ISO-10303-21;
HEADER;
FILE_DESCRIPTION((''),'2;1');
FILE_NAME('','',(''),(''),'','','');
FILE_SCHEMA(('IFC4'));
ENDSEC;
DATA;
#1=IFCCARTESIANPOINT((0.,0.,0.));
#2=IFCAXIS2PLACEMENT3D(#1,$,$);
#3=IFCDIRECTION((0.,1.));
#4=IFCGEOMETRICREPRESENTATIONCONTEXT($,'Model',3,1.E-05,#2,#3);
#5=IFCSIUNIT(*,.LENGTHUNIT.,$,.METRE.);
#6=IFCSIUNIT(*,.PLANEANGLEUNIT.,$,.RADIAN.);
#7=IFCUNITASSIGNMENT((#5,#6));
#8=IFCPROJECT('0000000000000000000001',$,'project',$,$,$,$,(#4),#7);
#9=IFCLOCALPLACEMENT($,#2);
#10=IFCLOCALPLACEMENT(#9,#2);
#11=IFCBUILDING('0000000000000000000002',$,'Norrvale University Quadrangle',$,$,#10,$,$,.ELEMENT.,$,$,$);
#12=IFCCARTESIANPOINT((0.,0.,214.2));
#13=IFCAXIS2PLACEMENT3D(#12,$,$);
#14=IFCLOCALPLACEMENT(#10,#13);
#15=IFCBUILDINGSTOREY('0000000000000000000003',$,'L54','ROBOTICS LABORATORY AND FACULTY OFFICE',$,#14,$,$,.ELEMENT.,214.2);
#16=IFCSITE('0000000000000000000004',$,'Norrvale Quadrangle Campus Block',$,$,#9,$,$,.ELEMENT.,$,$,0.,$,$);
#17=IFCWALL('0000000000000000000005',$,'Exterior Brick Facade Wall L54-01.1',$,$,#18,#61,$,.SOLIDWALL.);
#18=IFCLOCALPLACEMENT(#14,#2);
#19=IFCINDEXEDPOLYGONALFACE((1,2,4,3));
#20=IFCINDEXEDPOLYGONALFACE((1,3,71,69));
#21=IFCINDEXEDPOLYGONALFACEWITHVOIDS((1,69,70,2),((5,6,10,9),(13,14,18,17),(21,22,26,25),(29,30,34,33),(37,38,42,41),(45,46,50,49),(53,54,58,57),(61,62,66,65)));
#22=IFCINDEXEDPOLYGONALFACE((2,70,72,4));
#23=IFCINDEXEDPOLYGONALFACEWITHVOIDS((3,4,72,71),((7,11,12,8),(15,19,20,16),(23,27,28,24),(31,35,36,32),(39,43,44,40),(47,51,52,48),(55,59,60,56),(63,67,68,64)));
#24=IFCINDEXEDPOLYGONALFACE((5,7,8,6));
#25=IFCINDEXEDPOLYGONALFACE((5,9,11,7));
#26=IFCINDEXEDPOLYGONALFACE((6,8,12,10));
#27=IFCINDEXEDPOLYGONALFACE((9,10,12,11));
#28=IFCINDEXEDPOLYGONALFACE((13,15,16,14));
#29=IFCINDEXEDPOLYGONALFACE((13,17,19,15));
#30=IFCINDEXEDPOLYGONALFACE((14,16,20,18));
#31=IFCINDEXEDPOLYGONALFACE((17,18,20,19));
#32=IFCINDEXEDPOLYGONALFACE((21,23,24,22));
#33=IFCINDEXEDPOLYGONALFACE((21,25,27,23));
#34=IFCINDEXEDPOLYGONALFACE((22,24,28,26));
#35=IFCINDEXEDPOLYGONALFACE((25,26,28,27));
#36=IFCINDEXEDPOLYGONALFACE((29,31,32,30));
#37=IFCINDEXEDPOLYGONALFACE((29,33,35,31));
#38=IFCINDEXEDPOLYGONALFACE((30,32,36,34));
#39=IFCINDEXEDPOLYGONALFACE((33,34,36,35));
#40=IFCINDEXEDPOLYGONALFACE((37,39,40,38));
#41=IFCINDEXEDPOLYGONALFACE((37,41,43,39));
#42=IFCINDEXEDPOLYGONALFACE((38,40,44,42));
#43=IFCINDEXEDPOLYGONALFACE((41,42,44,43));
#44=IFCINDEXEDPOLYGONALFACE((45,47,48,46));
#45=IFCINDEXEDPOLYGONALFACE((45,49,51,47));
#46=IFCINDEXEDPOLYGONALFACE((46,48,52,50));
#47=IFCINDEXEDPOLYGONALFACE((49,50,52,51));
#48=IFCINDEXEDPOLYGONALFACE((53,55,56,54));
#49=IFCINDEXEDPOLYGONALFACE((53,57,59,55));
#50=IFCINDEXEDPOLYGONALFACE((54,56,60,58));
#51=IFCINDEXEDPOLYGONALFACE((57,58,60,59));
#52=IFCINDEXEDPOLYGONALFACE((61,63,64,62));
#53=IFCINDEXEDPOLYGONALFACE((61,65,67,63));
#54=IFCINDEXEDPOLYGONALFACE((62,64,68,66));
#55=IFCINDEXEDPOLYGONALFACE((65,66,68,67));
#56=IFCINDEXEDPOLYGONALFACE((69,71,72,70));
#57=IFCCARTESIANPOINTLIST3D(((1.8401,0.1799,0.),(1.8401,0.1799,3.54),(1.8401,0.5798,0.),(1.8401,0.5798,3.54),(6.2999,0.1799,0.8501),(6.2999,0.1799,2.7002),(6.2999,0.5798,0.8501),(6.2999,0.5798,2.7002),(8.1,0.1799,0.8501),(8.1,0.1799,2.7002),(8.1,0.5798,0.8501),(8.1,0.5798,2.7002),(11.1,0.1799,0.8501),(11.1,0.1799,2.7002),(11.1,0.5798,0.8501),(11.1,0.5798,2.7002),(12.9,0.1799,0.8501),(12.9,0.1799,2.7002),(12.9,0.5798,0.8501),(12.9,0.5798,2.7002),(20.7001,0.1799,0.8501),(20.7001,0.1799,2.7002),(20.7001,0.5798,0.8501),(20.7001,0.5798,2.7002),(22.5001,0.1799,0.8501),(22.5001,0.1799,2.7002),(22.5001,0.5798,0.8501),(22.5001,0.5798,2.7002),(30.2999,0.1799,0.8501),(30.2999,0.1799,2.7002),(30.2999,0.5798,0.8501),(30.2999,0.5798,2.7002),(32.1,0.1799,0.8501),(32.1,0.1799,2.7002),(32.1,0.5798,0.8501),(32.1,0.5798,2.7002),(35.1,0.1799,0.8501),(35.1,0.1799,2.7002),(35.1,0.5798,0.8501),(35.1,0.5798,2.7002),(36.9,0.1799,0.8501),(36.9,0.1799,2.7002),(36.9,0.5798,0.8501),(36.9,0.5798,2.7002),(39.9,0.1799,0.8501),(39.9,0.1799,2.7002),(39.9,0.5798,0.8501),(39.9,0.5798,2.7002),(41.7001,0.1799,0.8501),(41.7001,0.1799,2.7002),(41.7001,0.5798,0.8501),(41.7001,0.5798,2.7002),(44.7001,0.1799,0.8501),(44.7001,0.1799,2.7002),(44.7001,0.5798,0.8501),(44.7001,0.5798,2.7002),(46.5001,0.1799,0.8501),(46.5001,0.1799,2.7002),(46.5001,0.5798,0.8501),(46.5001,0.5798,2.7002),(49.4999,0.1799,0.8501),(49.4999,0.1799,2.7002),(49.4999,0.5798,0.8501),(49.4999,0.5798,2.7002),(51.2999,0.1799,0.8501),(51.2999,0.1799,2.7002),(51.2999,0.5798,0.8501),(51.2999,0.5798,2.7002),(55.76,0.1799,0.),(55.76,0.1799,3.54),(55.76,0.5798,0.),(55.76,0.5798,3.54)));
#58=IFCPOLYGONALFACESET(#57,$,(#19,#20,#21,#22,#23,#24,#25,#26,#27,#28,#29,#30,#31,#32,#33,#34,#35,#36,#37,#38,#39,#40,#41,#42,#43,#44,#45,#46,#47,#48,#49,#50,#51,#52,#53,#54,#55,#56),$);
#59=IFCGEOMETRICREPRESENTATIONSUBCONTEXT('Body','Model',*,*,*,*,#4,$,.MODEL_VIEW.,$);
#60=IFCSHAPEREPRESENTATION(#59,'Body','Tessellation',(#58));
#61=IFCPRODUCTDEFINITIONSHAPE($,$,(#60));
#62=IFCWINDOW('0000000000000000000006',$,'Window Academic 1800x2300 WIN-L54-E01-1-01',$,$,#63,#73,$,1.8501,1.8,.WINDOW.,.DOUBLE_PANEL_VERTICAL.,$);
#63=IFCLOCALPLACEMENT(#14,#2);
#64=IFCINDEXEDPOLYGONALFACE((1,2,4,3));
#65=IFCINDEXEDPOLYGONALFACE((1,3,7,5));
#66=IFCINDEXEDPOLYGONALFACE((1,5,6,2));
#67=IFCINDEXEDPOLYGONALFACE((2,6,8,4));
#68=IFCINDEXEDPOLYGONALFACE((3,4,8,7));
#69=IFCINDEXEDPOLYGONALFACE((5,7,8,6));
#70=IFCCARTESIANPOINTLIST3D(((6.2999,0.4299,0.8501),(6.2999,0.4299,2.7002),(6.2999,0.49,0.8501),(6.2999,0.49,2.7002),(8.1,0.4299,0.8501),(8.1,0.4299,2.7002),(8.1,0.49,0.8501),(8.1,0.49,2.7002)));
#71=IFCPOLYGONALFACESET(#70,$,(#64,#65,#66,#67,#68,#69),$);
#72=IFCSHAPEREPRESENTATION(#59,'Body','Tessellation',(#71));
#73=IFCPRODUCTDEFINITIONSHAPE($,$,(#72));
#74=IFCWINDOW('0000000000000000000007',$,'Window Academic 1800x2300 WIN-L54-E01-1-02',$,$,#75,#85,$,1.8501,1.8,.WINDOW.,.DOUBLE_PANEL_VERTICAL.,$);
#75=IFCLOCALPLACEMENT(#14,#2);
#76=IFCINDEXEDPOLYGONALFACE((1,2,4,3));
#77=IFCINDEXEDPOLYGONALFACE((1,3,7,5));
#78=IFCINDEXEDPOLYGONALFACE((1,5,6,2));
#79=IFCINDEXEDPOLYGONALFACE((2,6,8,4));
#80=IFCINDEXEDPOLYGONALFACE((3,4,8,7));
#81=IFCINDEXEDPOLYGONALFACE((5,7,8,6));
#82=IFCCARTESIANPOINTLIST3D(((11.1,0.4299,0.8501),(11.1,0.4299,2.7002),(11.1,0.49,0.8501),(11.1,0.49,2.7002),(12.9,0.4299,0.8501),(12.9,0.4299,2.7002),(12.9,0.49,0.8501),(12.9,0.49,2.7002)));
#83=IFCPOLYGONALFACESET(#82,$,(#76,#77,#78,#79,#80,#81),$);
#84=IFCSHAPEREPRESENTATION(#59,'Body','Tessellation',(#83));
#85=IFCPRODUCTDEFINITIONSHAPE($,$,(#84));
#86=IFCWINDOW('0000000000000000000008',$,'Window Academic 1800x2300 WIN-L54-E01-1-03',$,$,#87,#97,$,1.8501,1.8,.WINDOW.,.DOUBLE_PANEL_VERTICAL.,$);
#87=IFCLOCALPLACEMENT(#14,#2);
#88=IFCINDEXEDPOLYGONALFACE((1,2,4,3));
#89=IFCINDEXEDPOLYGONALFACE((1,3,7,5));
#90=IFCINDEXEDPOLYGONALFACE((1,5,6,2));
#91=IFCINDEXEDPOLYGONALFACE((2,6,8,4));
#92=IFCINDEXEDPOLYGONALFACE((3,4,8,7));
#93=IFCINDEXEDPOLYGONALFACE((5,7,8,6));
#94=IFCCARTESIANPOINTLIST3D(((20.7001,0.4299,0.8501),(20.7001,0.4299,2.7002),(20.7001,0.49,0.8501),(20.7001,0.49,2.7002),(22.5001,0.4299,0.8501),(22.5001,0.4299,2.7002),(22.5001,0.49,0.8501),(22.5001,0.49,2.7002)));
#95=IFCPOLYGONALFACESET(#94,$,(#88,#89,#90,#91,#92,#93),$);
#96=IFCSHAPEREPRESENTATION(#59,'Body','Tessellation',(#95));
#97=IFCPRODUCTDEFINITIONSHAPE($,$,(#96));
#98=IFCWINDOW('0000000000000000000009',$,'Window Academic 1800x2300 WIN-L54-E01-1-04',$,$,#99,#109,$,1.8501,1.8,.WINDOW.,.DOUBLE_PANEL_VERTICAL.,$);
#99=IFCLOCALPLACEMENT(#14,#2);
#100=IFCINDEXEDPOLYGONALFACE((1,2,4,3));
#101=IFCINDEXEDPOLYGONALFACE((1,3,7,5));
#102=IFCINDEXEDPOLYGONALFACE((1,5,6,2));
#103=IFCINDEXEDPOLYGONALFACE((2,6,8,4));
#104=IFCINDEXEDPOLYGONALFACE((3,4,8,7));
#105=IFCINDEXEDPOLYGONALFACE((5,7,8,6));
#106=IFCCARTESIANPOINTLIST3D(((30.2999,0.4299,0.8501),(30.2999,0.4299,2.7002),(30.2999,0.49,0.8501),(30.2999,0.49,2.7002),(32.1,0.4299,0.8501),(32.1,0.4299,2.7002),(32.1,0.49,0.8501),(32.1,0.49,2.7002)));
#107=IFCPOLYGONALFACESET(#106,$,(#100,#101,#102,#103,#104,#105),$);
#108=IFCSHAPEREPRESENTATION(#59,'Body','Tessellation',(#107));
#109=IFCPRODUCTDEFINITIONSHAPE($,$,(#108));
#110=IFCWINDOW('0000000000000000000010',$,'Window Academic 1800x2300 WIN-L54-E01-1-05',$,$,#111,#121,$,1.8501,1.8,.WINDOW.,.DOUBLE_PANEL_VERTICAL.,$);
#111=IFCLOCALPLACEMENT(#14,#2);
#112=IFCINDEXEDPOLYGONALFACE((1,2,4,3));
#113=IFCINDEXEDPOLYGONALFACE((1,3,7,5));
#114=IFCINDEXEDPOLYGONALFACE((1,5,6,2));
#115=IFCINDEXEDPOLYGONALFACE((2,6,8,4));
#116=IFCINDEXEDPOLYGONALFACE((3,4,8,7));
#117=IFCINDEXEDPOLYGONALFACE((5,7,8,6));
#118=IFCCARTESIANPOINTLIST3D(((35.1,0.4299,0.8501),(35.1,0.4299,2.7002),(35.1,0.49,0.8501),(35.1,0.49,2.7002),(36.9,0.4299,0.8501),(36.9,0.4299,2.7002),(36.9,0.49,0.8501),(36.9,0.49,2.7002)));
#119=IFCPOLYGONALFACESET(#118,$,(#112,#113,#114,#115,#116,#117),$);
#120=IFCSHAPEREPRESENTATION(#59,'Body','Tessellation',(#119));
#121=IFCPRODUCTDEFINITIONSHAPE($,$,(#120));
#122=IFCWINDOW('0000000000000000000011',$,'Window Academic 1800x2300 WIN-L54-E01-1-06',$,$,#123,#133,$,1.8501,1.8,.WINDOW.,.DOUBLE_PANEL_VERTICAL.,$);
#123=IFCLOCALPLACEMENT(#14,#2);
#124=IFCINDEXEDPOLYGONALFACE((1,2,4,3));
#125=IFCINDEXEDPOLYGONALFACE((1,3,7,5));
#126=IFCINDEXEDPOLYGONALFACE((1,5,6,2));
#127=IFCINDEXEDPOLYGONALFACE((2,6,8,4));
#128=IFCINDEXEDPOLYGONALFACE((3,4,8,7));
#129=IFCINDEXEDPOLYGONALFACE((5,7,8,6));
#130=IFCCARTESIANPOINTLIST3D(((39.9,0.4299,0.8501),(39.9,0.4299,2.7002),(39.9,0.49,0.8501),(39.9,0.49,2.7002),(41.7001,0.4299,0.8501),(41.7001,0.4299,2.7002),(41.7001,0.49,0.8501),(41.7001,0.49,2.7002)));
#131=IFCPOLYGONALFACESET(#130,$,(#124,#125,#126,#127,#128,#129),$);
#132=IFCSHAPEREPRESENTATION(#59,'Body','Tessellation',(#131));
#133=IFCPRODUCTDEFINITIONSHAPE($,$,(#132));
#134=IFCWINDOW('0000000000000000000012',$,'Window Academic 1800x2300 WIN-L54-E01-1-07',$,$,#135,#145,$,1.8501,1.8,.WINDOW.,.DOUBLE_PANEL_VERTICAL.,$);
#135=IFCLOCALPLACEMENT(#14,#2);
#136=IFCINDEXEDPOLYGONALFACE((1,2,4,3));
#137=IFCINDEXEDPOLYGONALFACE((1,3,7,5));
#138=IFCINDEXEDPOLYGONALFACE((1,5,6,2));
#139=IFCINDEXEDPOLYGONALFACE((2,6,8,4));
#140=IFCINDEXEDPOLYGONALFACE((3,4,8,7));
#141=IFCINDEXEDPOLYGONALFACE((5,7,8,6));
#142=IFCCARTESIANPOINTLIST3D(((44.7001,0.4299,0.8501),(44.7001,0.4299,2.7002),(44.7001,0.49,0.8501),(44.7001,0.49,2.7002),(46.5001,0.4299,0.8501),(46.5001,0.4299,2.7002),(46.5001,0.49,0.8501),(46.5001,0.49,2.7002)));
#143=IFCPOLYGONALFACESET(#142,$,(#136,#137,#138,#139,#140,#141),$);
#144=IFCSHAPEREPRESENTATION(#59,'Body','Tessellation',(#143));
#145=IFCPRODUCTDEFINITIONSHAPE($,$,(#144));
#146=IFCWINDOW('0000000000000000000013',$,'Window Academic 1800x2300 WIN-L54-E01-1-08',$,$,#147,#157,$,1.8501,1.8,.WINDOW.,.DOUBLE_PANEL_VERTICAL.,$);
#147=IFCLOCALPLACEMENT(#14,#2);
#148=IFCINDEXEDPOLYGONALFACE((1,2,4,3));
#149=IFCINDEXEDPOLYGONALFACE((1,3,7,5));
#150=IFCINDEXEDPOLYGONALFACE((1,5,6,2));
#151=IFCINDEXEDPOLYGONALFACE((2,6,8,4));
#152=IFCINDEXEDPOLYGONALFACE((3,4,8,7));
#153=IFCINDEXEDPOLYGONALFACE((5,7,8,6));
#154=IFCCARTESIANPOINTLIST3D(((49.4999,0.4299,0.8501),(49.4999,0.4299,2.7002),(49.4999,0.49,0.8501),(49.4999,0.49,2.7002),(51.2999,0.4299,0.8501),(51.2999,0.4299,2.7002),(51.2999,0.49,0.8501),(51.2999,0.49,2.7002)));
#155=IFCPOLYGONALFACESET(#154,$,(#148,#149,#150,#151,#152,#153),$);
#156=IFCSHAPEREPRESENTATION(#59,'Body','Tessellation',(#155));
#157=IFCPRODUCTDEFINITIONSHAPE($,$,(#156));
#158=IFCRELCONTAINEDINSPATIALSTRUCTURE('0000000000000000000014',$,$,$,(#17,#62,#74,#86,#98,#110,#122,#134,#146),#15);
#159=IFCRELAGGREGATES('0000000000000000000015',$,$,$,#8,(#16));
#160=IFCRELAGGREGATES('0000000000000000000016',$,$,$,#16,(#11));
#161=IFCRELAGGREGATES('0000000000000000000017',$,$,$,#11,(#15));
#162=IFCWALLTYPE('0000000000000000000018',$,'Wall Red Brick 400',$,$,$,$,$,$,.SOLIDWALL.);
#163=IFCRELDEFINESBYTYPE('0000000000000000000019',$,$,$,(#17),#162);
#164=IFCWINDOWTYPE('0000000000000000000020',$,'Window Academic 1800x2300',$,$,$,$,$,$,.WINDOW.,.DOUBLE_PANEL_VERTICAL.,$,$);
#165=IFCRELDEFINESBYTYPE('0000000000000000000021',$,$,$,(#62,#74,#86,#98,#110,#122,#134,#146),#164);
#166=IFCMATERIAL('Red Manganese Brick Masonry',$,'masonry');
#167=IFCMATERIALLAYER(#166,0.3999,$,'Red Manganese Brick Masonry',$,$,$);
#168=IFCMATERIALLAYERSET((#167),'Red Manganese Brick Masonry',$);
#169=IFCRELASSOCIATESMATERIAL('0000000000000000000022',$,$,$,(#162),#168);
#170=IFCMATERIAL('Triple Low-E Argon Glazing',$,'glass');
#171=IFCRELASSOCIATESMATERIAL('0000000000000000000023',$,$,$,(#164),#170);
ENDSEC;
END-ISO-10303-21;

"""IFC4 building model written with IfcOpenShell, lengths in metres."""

from ifc_helpers import new_model, si_unit, direction, frame, frame_2d, origin, place, context, subcontext, project, spatial, rectangle, extrude, material, layer, layer_set, type_object, element, fill, save


model = new_model("IFC4")

# Units and contexts
model_context = context("Model", 3, precision=1e-05, world=origin(), true_north=direction((0.0, 1.0)))
body_context = subcontext(model_context, "Body", "Model", "MODEL_VIEW")
ifc_project = project(units=[si_unit("LENGTHUNIT", "METRE"), si_unit("PLANEANGLEUNIT", "RADIAN")], contexts=[model_context])

# Site, building, storey
site_placement = place(None, origin())
site = spatial("IfcSite", under=ifc_project, at=site_placement, Name="Norrvale Quadrangle Campus Block", CompositionType="ELEMENT", RefElevation=0.0)
building_placement = place(site_placement, origin())
building = spatial("IfcBuilding", under=site, at=building_placement, Name="Norrvale University Quadrangle", CompositionType="ELEMENT")
storey_placement = place(building_placement, frame((0.0, 0.0, 214.2)))
storey = spatial("IfcBuildingStorey", under=building, at=storey_placement, Name="L54", Description="ROBOTICS LABORATORY AND FACULTY OFFICE", CompositionType="ELEMENT", Elevation=214.2)

# Wall, openings, windows
ifc_material_1 = material(Name="Red Manganese Brick Masonry", Category="masonry")
ifc_layer_1 = layer(ifc_material_1, 0.3999, Name="Red Manganese Brick Masonry")
ifc_layer_set_1 = layer_set([ifc_layer_1], Name="Red Manganese Brick Masonry")
wall_type_1 = type_object("IfcWallType", Name="Wall Red Brick 400", PredefinedType="SOLIDWALL", material=ifc_layer_set_1)
wall_1_placement = place(storey_placement, frame((1.8401, 0.3799, 0.0), z_axis=(0.0, 0.0, 1.0), x_axis=(1.0, 0.0, 0.0)))
wall_1 = element("IfcWall", 1, at=wall_1_placement, inside=storey, type_object=wall_type_1, Name="Exterior Brick Facade Wall L54-01.1", PredefinedType="SOLIDWALL", context=body_context, shape_type="SweptSolid", body=[
    extrude(rectangle(XDim=53.9199, YDim=0.3999, at=frame_2d((26.96, 0.0))), origin(), (0.0, 0.0, 1.0), 3.54),
])
opening_1_placement = place(wall_1_placement, frame((4.46, 0.0, 0.8501)))
opening_1 = element("IfcOpeningElement", 2, at=opening_1_placement, cuts=wall_1, PredefinedType="OPENING", context=body_context, shape_type="SweptSolid", body=[
    extrude(rectangle(XDim=1.8, YDim=1.8501, at=frame_2d((0.8999, 0.925))), frame((0.0, 0.2119, 0.0), z_axis=(0.0, -1.0, 0.0), x_axis=(1.0, 0.0, 0.0)), (0.0, 0.0, 1.0), 0.4238),
])
opening_2_placement = place(wall_1_placement, frame((9.26, 0.0, 0.8501)))
opening_2 = element("IfcOpeningElement", 3, at=opening_2_placement, cuts=wall_1, PredefinedType="OPENING", context=body_context, shape_type="SweptSolid", body=[
    extrude(rectangle(XDim=1.8, YDim=1.8501, at=frame_2d((0.8999, 0.925))), frame((0.0, 0.2119, 0.0), z_axis=(0.0, -1.0, 0.0), x_axis=(1.0, 0.0, 0.0)), (0.0, 0.0, 1.0), 0.4238),
])
opening_3_placement = place(wall_1_placement, frame((18.8601, 0.0, 0.8501)))
opening_3 = element("IfcOpeningElement", 4, at=opening_3_placement, cuts=wall_1, PredefinedType="OPENING", context=body_context, shape_type="SweptSolid", body=[
    extrude(rectangle(XDim=1.8, YDim=1.8501, at=frame_2d((0.8999, 0.925))), frame((0.0, 0.2119, 0.0), z_axis=(0.0, -1.0, 0.0), x_axis=(1.0, 0.0, 0.0)), (0.0, 0.0, 1.0), 0.4238),
])
opening_4_placement = place(wall_1_placement, frame((28.46, 0.0, 0.8501)))
opening_4 = element("IfcOpeningElement", 5, at=opening_4_placement, cuts=wall_1, PredefinedType="OPENING", context=body_context, shape_type="SweptSolid", body=[
    extrude(rectangle(XDim=1.8, YDim=1.8501, at=frame_2d((0.8999, 0.925))), frame((0.0, 0.2119, 0.0), z_axis=(0.0, -1.0, 0.0), x_axis=(1.0, 0.0, 0.0)), (0.0, 0.0, 1.0), 0.4238),
])
opening_5_placement = place(wall_1_placement, frame((33.26, 0.0, 0.8501)))
opening_5 = element("IfcOpeningElement", 6, at=opening_5_placement, cuts=wall_1, PredefinedType="OPENING", context=body_context, shape_type="SweptSolid", body=[
    extrude(rectangle(XDim=1.8, YDim=1.8501, at=frame_2d((0.8999, 0.925))), frame((0.0, 0.2119, 0.0), z_axis=(0.0, -1.0, 0.0), x_axis=(1.0, 0.0, 0.0)), (0.0, 0.0, 1.0), 0.4238),
])
opening_6_placement = place(wall_1_placement, frame((38.0601, 0.0, 0.8501)))
opening_6 = element("IfcOpeningElement", 7, at=opening_6_placement, cuts=wall_1, PredefinedType="OPENING", context=body_context, shape_type="SweptSolid", body=[
    extrude(rectangle(XDim=1.8, YDim=1.8501, at=frame_2d((0.8999, 0.925))), frame((0.0, 0.2119, 0.0), z_axis=(0.0, -1.0, 0.0), x_axis=(1.0, 0.0, 0.0)), (0.0, 0.0, 1.0), 0.4238),
])
opening_7_placement = place(wall_1_placement, frame((42.8601, 0.0, 0.8501)))
opening_7 = element("IfcOpeningElement", 8, at=opening_7_placement, cuts=wall_1, PredefinedType="OPENING", context=body_context, shape_type="SweptSolid", body=[
    extrude(rectangle(XDim=1.8, YDim=1.8501, at=frame_2d((0.8999, 0.925))), frame((0.0, 0.2119, 0.0), z_axis=(0.0, -1.0, 0.0), x_axis=(1.0, 0.0, 0.0)), (0.0, 0.0, 1.0), 0.4238),
])
opening_8_placement = place(wall_1_placement, frame((47.6599, 0.0, 0.8501)))
opening_8 = element("IfcOpeningElement", 9, at=opening_8_placement, cuts=wall_1, PredefinedType="OPENING", context=body_context, shape_type="SweptSolid", body=[
    extrude(rectangle(XDim=1.8, YDim=1.8501, at=frame_2d((0.8999, 0.925))), frame((0.0, 0.2119, 0.0), z_axis=(0.0, -1.0, 0.0), x_axis=(1.0, 0.0, 0.0)), (0.0, 0.0, 1.0), 0.4238),
])
ifc_material_2 = material(Name="Triple Low-E Argon Glazing", Category="glass")
window_type = type_object("IfcWindowType", Name="Window Academic 1800x2300", PartitioningType="DOUBLE_PANEL_VERTICAL", PredefinedType="WINDOW", material=ifc_material_2)
window_1_placement = place(opening_1_placement, origin())
window_1 = element("IfcWindow", 10, at=window_1_placement, inside=storey, type_object=window_type, Name="Window Academic 1800x2300 WIN-L54-E01-1-01", OverallHeight=1.8501, OverallWidth=1.8, PartitioningType="DOUBLE_PANEL_VERTICAL", PredefinedType="WINDOW", context=body_context, shape_type="SweptSolid", body=[
    extrude(rectangle(XDim=1.8, YDim=1.8501, at=frame_2d((0.8999, 0.925))), frame((0.0, 0.1101, 0.0), z_axis=(0.0, -1.0, 0.0), x_axis=(1.0, 0.0, 0.0)), (0.0, 0.0, 1.0), 0.0601),
])
fill(opening_1, window_1)
window_2_placement = place(opening_2_placement, origin())
window_2 = element("IfcWindow", 11, at=window_2_placement, inside=storey, type_object=window_type, Name="Window Academic 1800x2300 WIN-L54-E01-1-02", OverallHeight=1.8501, OverallWidth=1.8, PartitioningType="DOUBLE_PANEL_VERTICAL", PredefinedType="WINDOW", context=body_context, shape_type="SweptSolid", body=[
    extrude(rectangle(XDim=1.8, YDim=1.8501, at=frame_2d((0.8999, 0.925))), frame((0.0, 0.1101, 0.0), z_axis=(0.0, -1.0, 0.0), x_axis=(1.0, 0.0, 0.0)), (0.0, 0.0, 1.0), 0.0601),
])
fill(opening_2, window_2)
window_3_placement = place(opening_3_placement, origin())
window_3 = element("IfcWindow", 12, at=window_3_placement, inside=storey, type_object=window_type, Name="Window Academic 1800x2300 WIN-L54-E01-1-03", OverallHeight=1.8501, OverallWidth=1.8, PartitioningType="DOUBLE_PANEL_VERTICAL", PredefinedType="WINDOW", context=body_context, shape_type="SweptSolid", body=[
    extrude(rectangle(XDim=1.8, YDim=1.8501, at=frame_2d((0.8999, 0.925))), frame((0.0, 0.1101, 0.0), z_axis=(0.0, -1.0, 0.0), x_axis=(1.0, 0.0, 0.0)), (0.0, 0.0, 1.0), 0.0601),
])
fill(opening_3, window_3)
window_4_placement = place(opening_4_placement, origin())
window_4 = element("IfcWindow", 13, at=window_4_placement, inside=storey, type_object=window_type, Name="Window Academic 1800x2300 WIN-L54-E01-1-04", OverallHeight=1.8501, OverallWidth=1.8, PartitioningType="DOUBLE_PANEL_VERTICAL", PredefinedType="WINDOW", context=body_context, shape_type="SweptSolid", body=[
    extrude(rectangle(XDim=1.8, YDim=1.8501, at=frame_2d((0.8999, 0.925))), frame((0.0, 0.1101, 0.0), z_axis=(0.0, -1.0, 0.0), x_axis=(1.0, 0.0, 0.0)), (0.0, 0.0, 1.0), 0.0601),
])
fill(opening_4, window_4)
window_5_placement = place(opening_5_placement, origin())
window_5 = element("IfcWindow", 14, at=window_5_placement, inside=storey, type_object=window_type, Name="Window Academic 1800x2300 WIN-L54-E01-1-05", OverallHeight=1.8501, OverallWidth=1.8, PartitioningType="DOUBLE_PANEL_VERTICAL", PredefinedType="WINDOW", context=body_context, shape_type="SweptSolid", body=[
    extrude(rectangle(XDim=1.8, YDim=1.8501, at=frame_2d((0.8999, 0.925))), frame((0.0, 0.1101, 0.0), z_axis=(0.0, -1.0, 0.0), x_axis=(1.0, 0.0, 0.0)), (0.0, 0.0, 1.0), 0.0601),
])
fill(opening_5, window_5)
window_6_placement = place(opening_6_placement, origin())
window_6 = element("IfcWindow", 15, at=window_6_placement, inside=storey, type_object=window_type, Name="Window Academic 1800x2300 WIN-L54-E01-1-06", OverallHeight=1.8501, OverallWidth=1.8, PartitioningType="DOUBLE_PANEL_VERTICAL", PredefinedType="WINDOW", context=body_context, shape_type="SweptSolid", body=[
    extrude(rectangle(XDim=1.8, YDim=1.8501, at=frame_2d((0.8999, 0.925))), frame((0.0, 0.1101, 0.0), z_axis=(0.0, -1.0, 0.0), x_axis=(1.0, 0.0, 0.0)), (0.0, 0.0, 1.0), 0.0601),
])
fill(opening_6, window_6)
window_7_placement = place(opening_7_placement, origin())
window_7 = element("IfcWindow", 16, at=window_7_placement, inside=storey, type_object=window_type, Name="Window Academic 1800x2300 WIN-L54-E01-1-07", OverallHeight=1.8501, OverallWidth=1.8, PartitioningType="DOUBLE_PANEL_VERTICAL", PredefinedType="WINDOW", context=body_context, shape_type="SweptSolid", body=[
    extrude(rectangle(XDim=1.8, YDim=1.8501, at=frame_2d((0.8999, 0.925))), frame((0.0, 0.1101, 0.0), z_axis=(0.0, -1.0, 0.0), x_axis=(1.0, 0.0, 0.0)), (0.0, 0.0, 1.0), 0.0601),
])
fill(opening_7, window_7)
window_8_placement = place(opening_8_placement, origin())
window_8 = element("IfcWindow", 17, at=window_8_placement, inside=storey, type_object=window_type, Name="Window Academic 1800x2300 WIN-L54-E01-1-08", OverallHeight=1.8501, OverallWidth=1.8, PartitioningType="DOUBLE_PANEL_VERTICAL", PredefinedType="WINDOW", context=body_context, shape_type="SweptSolid", body=[
    extrude(rectangle(XDim=1.8, YDim=1.8501, at=frame_2d((0.8999, 0.925))), frame((0.0, 0.1101, 0.0), z_axis=(0.0, -1.0, 0.0), x_axis=(1.0, 0.0, 0.0)), (0.0, 0.0, 1.0), 0.0601),
])
fill(opening_8, window_8)

save(model, "model.ifc")
